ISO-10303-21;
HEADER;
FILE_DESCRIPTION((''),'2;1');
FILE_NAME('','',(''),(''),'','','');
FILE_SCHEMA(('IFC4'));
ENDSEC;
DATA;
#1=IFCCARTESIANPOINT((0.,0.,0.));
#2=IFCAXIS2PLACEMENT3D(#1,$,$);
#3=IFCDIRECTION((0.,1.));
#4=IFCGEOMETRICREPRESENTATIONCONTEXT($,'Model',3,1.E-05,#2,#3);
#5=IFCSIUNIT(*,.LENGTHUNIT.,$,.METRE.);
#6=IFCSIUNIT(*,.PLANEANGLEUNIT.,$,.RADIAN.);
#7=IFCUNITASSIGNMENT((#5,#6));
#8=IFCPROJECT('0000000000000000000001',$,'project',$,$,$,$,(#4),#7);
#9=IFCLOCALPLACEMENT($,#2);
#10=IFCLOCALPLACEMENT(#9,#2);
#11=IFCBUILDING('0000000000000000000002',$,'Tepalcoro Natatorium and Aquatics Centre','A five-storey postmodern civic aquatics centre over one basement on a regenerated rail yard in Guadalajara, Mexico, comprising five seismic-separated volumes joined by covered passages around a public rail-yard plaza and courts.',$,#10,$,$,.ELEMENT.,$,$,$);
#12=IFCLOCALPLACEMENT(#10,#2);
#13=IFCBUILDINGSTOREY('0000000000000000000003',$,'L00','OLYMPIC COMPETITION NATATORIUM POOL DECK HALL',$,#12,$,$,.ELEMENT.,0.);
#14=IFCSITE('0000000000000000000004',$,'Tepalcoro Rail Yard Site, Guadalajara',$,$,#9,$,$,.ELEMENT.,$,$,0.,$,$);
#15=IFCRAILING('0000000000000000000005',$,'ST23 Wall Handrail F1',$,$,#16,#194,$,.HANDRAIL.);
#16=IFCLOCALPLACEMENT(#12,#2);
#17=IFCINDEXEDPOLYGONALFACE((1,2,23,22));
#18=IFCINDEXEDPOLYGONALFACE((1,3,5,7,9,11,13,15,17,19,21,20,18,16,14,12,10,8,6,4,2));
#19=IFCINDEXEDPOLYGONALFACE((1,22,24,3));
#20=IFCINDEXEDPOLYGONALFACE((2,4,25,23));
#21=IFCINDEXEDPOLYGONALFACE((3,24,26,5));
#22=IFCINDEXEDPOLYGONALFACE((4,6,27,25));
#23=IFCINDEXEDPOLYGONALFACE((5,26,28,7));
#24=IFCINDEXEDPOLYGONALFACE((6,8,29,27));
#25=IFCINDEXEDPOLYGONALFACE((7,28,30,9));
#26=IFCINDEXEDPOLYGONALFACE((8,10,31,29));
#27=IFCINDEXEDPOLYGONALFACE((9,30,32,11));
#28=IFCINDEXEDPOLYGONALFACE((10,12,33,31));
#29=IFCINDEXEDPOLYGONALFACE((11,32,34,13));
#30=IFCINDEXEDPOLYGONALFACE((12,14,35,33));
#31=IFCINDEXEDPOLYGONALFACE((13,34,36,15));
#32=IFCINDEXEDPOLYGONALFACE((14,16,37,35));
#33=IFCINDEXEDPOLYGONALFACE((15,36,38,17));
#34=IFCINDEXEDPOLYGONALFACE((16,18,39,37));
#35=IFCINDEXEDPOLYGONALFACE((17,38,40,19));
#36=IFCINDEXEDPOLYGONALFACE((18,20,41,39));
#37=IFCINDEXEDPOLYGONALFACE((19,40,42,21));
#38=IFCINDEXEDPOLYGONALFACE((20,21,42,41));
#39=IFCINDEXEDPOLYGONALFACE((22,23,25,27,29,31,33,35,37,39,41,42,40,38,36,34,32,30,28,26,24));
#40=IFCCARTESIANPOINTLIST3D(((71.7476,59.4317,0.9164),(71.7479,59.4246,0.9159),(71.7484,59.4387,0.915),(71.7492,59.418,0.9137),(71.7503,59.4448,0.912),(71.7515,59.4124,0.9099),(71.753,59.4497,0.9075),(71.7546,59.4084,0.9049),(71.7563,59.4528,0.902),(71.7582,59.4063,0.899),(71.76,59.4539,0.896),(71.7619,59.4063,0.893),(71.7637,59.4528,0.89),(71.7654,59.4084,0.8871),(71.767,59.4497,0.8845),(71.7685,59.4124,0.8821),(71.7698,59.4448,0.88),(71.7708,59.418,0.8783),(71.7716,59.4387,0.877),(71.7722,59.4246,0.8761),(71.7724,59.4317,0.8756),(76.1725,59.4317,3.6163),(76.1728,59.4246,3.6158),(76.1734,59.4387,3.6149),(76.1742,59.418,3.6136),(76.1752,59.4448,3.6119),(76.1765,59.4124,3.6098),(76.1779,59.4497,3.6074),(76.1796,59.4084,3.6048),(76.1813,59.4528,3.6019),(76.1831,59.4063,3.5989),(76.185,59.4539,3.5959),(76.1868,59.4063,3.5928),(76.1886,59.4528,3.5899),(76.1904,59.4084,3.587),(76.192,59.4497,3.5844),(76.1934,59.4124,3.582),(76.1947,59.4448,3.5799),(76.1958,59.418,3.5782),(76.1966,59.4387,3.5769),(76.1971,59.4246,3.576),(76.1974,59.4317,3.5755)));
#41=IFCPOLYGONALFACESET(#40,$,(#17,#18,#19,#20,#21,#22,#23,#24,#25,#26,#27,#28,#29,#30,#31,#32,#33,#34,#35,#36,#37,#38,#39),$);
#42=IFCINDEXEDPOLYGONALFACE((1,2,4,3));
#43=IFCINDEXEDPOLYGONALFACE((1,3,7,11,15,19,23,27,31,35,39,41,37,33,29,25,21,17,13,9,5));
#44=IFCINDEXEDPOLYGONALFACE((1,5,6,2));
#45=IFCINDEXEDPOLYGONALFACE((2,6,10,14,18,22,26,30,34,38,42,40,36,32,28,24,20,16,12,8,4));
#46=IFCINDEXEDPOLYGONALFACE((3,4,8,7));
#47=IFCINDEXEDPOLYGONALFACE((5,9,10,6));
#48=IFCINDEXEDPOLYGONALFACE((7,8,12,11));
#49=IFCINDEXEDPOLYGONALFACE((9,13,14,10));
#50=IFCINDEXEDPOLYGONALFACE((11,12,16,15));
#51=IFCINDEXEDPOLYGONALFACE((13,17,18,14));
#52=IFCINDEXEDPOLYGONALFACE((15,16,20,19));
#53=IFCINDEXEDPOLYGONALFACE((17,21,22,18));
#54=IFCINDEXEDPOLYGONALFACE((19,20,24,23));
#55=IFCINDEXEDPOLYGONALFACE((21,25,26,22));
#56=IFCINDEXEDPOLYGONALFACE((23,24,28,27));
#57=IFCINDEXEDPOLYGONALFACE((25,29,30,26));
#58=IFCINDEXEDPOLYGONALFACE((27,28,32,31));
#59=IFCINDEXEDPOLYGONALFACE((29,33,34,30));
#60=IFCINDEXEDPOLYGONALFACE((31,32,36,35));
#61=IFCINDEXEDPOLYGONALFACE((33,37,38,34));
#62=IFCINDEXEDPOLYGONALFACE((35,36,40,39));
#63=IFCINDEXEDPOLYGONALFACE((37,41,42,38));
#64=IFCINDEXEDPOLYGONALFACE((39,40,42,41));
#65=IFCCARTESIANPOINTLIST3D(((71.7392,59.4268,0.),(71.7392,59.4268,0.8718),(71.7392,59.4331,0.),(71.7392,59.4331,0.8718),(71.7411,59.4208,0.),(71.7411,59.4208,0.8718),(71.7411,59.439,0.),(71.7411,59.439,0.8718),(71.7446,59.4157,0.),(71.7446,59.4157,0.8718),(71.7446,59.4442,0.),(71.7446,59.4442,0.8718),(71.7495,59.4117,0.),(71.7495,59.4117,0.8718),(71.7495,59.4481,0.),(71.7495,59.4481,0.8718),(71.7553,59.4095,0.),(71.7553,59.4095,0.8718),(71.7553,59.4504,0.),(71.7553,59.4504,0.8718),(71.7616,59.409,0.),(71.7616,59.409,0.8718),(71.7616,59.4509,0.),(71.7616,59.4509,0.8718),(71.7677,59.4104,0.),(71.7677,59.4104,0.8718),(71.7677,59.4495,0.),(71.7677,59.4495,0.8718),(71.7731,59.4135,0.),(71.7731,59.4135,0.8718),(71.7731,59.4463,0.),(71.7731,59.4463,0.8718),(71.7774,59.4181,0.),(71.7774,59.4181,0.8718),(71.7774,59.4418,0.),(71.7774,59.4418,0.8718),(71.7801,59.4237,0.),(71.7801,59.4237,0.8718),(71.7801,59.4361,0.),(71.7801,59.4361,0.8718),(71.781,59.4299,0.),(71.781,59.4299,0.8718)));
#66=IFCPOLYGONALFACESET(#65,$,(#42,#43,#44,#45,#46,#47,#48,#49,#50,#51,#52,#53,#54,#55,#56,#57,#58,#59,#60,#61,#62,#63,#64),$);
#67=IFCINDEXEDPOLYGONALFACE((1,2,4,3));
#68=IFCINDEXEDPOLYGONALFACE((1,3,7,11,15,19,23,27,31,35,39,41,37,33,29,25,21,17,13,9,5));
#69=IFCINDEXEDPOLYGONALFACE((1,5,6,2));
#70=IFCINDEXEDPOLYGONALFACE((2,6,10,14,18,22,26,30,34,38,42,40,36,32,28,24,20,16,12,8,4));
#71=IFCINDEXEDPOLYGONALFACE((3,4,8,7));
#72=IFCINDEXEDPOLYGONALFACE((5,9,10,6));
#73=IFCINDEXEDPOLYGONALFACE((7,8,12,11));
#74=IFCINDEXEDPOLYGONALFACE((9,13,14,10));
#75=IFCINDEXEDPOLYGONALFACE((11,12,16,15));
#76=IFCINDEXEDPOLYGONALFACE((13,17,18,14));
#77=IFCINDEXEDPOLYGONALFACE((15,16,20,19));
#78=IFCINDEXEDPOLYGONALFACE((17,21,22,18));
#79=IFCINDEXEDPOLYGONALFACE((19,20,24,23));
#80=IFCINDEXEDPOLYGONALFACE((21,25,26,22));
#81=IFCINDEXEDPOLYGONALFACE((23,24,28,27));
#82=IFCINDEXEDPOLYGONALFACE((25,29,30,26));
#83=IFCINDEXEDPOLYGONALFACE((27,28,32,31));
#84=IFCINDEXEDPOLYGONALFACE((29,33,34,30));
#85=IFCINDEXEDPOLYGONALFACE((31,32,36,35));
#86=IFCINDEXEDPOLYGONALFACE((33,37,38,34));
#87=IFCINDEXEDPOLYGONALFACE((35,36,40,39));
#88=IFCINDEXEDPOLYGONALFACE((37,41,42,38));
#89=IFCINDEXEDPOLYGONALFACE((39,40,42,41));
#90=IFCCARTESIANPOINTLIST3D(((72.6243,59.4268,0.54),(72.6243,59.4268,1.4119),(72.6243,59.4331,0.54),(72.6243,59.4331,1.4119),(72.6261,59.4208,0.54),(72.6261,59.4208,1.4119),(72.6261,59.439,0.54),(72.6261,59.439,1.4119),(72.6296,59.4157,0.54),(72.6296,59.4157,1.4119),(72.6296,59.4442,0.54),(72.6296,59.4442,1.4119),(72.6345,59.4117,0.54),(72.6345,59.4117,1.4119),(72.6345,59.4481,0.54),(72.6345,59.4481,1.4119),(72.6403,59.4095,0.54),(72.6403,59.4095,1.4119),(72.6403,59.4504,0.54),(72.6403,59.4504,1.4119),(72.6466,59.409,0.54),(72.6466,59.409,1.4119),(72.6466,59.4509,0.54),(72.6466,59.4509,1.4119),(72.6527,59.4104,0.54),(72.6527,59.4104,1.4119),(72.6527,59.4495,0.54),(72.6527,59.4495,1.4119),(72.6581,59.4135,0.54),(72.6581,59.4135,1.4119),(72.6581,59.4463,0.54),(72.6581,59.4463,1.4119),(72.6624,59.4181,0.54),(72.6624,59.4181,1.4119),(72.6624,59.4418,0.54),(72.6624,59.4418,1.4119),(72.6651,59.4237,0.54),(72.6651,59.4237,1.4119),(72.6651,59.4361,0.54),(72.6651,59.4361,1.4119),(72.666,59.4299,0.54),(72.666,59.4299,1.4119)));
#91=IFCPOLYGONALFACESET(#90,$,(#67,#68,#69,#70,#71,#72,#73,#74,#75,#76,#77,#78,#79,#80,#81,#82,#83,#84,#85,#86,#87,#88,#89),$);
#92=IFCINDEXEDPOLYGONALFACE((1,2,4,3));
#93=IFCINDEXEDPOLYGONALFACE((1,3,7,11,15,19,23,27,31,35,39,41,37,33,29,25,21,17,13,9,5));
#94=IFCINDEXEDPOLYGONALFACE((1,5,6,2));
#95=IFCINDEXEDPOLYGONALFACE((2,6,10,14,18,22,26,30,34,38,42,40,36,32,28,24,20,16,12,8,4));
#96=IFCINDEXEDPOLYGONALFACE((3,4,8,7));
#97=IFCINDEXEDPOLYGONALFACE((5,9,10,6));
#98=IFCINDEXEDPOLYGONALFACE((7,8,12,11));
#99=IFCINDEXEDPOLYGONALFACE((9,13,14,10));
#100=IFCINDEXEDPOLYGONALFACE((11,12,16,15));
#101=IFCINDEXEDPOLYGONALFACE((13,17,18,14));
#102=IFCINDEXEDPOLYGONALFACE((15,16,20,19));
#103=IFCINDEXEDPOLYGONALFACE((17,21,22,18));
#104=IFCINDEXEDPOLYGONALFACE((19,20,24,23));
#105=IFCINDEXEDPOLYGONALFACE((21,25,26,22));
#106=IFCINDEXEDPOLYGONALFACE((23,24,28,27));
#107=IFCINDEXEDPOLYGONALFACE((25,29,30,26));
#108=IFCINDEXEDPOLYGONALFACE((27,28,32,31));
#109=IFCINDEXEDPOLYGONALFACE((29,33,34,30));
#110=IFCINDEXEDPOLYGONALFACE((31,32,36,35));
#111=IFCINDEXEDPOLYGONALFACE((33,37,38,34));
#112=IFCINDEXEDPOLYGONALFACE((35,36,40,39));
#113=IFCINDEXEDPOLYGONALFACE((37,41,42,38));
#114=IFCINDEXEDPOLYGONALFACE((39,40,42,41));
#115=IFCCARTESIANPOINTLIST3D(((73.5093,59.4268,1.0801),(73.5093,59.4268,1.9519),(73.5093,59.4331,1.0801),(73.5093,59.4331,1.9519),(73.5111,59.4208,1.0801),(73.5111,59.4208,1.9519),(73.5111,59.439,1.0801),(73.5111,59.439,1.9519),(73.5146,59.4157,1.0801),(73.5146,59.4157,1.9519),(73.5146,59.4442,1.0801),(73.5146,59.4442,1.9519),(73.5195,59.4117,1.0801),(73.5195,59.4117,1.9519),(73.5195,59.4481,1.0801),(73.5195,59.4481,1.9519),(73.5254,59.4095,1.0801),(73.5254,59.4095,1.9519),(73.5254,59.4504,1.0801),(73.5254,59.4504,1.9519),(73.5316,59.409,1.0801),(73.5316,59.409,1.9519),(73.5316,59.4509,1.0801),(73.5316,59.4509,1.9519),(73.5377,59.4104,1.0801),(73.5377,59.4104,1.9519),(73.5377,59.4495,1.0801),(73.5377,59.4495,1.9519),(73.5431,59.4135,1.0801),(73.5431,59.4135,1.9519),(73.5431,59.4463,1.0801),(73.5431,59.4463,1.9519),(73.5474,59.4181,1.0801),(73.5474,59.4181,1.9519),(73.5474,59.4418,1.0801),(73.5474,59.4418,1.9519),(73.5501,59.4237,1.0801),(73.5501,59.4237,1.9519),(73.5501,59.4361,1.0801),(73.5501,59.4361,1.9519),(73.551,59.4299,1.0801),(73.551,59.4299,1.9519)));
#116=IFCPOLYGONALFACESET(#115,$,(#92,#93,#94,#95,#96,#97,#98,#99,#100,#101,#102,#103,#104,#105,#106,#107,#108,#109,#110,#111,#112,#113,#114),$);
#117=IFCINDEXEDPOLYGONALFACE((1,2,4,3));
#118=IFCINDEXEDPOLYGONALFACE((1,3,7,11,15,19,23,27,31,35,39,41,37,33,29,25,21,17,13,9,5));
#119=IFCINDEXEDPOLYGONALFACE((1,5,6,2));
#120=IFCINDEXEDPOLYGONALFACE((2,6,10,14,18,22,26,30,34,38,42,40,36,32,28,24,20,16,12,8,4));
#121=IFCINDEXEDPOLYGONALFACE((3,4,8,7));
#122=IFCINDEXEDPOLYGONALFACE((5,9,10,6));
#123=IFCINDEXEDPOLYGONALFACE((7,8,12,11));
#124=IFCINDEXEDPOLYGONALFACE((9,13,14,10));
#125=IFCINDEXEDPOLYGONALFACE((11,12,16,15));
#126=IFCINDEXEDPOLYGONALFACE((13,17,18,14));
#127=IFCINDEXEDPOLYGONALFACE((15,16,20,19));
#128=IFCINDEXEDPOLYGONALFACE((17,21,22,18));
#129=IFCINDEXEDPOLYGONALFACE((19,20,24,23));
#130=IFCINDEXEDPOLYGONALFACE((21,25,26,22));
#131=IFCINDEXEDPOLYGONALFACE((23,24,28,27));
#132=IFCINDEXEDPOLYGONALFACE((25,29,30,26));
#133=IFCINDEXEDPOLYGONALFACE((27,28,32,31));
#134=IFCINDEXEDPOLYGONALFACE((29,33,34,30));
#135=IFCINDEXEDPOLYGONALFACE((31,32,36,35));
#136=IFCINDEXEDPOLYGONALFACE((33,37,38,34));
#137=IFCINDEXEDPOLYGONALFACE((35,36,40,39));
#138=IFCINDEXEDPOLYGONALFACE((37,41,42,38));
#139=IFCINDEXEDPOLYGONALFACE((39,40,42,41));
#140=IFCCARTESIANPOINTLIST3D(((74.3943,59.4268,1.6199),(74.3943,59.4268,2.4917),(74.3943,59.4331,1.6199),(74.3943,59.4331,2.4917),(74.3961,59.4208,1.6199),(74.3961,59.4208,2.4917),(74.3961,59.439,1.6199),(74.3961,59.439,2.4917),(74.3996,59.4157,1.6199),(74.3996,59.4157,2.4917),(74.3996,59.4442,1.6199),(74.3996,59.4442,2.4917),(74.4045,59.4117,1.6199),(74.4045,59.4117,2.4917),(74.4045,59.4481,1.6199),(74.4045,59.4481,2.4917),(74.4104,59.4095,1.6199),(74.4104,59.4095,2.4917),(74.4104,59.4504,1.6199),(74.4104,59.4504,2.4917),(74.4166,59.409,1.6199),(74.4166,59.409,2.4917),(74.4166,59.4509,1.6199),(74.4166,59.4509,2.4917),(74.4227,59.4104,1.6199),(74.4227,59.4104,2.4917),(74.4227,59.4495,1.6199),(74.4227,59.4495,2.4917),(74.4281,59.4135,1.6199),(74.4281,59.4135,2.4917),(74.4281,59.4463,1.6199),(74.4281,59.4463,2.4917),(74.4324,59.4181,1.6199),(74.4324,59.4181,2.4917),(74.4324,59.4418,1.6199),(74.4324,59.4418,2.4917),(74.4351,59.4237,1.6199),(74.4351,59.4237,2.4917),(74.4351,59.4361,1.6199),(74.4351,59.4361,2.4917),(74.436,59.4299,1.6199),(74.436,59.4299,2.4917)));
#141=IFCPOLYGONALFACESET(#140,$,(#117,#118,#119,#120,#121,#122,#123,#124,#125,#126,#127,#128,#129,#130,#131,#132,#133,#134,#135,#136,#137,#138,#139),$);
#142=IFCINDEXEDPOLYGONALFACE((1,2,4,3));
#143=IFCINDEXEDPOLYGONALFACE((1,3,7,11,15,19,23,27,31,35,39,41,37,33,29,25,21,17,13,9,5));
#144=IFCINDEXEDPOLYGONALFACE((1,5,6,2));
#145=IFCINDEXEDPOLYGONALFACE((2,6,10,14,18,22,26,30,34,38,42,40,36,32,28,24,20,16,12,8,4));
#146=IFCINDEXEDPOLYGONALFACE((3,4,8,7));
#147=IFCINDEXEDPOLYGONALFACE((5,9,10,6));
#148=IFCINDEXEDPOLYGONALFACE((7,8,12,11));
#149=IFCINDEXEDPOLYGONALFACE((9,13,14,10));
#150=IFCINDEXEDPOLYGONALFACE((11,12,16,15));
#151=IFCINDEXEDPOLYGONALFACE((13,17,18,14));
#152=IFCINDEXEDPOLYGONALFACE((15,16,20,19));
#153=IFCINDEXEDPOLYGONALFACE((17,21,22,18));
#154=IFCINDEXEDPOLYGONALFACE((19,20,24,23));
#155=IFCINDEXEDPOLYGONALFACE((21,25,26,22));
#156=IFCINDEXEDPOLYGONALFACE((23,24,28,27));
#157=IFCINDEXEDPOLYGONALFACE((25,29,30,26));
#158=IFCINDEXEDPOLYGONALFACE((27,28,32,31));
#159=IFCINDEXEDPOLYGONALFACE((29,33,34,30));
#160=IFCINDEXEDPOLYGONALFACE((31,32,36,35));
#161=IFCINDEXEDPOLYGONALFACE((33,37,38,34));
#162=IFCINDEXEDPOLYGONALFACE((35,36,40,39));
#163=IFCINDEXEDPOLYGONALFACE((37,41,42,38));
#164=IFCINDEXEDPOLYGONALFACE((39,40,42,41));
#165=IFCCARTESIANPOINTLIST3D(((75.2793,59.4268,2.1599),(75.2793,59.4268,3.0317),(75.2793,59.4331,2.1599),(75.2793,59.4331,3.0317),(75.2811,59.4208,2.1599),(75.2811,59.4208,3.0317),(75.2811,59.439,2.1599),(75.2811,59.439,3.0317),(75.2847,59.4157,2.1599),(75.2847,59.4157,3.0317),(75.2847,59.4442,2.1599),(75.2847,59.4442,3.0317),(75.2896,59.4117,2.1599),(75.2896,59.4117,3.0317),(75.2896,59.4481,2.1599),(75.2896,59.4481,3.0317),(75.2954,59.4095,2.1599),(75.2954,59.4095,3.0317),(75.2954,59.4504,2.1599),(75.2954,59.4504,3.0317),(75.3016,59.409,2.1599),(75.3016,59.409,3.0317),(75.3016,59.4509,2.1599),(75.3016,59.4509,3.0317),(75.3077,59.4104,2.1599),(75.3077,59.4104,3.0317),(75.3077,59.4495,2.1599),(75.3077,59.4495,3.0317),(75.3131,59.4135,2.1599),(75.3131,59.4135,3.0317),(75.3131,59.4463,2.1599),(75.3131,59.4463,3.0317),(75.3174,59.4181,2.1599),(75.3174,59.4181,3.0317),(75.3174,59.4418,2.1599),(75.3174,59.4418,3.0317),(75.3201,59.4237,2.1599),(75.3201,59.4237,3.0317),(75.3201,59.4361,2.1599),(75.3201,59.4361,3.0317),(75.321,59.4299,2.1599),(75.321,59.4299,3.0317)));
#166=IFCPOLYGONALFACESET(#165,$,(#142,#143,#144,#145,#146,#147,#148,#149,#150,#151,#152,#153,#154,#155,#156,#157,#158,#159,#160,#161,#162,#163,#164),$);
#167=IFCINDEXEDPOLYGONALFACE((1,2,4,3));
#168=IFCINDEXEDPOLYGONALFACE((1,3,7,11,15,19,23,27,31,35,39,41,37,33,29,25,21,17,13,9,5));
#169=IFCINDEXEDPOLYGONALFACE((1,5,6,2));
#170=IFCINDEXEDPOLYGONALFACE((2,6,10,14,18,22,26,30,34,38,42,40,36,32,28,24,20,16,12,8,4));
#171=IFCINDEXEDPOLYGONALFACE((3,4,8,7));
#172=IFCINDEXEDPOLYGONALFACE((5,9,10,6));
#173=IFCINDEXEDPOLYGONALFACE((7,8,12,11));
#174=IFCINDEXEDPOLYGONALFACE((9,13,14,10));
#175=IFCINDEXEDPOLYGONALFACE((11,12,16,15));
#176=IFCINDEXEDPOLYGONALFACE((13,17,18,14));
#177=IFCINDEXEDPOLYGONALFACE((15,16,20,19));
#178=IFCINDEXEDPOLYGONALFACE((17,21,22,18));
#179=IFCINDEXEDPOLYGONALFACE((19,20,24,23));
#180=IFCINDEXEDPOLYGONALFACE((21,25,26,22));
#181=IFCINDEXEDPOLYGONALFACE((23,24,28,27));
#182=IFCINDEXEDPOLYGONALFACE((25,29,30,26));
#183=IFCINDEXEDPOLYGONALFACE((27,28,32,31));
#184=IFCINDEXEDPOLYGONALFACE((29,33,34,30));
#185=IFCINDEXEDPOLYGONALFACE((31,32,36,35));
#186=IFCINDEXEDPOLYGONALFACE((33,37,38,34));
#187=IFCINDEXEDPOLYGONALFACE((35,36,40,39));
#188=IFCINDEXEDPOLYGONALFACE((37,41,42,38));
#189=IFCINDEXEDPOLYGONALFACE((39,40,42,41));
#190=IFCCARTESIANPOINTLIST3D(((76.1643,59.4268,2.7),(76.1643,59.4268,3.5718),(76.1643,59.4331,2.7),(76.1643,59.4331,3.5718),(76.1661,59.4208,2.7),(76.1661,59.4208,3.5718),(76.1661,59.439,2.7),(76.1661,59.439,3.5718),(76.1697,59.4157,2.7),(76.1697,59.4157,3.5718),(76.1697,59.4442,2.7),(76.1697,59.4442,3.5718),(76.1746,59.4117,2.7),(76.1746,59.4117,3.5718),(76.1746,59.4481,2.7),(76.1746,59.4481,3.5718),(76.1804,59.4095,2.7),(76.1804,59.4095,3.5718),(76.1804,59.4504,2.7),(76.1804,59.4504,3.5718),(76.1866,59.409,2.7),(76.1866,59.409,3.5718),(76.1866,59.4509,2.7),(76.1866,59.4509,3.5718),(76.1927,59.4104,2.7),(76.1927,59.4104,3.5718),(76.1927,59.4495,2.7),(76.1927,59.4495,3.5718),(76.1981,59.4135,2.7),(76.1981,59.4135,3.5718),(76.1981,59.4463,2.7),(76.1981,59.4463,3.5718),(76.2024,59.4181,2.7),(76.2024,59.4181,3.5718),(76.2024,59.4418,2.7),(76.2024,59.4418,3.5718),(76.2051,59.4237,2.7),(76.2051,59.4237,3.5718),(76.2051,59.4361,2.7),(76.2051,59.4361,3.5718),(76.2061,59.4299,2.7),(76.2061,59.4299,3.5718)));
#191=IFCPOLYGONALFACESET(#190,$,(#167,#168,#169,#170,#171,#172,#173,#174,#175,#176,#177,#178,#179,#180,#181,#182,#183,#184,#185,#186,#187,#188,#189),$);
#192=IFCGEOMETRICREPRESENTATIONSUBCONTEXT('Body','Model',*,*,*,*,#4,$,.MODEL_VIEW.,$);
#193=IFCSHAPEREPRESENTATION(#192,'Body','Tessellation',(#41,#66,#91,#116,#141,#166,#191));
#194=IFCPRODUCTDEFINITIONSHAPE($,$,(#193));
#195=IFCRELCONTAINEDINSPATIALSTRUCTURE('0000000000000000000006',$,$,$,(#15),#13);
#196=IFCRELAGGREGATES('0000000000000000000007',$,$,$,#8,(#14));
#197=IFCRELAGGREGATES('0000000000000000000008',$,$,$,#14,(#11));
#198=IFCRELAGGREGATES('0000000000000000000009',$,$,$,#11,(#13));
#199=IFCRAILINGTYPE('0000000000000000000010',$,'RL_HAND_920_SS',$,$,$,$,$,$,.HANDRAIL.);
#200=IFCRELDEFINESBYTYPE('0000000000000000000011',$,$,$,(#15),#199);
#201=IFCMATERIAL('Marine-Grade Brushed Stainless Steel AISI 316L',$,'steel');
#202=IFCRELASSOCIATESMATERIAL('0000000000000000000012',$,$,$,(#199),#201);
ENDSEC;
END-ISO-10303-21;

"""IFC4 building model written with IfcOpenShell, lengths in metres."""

from ifc_helpers import new_model, si_unit, direction, frame, origin, origin_2d, place, context, subcontext, project, spatial, circle, extrude, material, type_object, element, save


model = new_model("IFC4")

# Units and contexts
model_context = context("Model", 3, precision=1e-05, world=origin(), true_north=direction((0.0, 1.0)))
body_context = subcontext(model_context, "Body", "Model", "MODEL_VIEW")
ifc_project = project(units=[si_unit("LENGTHUNIT", "METRE"), si_unit("PLANEANGLEUNIT", "RADIAN")], contexts=[model_context])

# Site, building, storey
site_placement = place(None, origin())
site = spatial("IfcSite", under=ifc_project, at=site_placement, Name="Tepalcoro Rail Yard Site, Guadalajara", CompositionType="ELEMENT", RefElevation=0.0)
building_placement = place(site_placement, origin())
building = spatial("IfcBuilding", under=site, at=building_placement, Name="Tepalcoro Natatorium and Aquatics Centre", Description="A five-storey postmodern civic aquatics centre over one basement on a regenerated rail yard in Guadalajara, Mexico, comprising five seismic-separated volumes joined by covered passages around a public rail-yard plaza and courts.", CompositionType="ELEMENT")
storey_placement = place(building_placement, origin())
storey = spatial("IfcBuildingStorey", under=building, at=storey_placement, Name="L00", Description="OLYMPIC COMPETITION NATATORIUM POOL DECK HALL", CompositionType="ELEMENT", Elevation=0.0)

# Railing
ifc_material_1 = material(Name="Marine-Grade Brushed Stainless Steel AISI 316L", Category="steel")
railing_type_1 = type_object("IfcRailingType", Name="RL_HAND_920_SS", PredefinedType="HANDRAIL", material=ifc_material_1)
railing_1_placement = place(storey_placement, frame((71.76, 59.4299, 0.0)))
element("IfcRailing", 1, at=railing_1_placement, inside=storey, type_object=railing_type_1, Name="ST23 Wall Handrail F1", PredefinedType="HANDRAIL", context=body_context, shape_type="SweptSolid", body=[
    extrude(circle(Radius=0.0239, at=origin_2d()), frame((0.0, 0.0, 0.896), z_axis=(0.853646, 0.0, 0.520854), x_axis=(0.0, 1.0, 0.0)), (0.0, 0.0, 1.0), 5.1836),
    extrude(circle(Radius=0.021, at=origin_2d()), origin(), (0.0, 0.0, 1.0), 0.8718),
    extrude(circle(Radius=0.021, at=origin_2d()), frame((0.885, 0.0, 0.54)), (0.0, 0.0, 1.0), 0.8718),
    extrude(circle(Radius=0.021, at=origin_2d()), frame((1.77, 0.0, 1.0801)), (0.0, 0.0, 1.0), 0.8718),
    extrude(circle(Radius=0.021, at=origin_2d()), frame((2.655, 0.0, 1.6199)), (0.0, 0.0, 1.0), 0.8718),
    extrude(circle(Radius=0.021, at=origin_2d()), frame((3.54, 0.0, 2.1599)), (0.0, 0.0, 1.0), 0.8718),
    extrude(circle(Radius=0.021, at=origin_2d()), frame((4.425, 0.0, 2.7)), (0.0, 0.0, 1.0), 0.8718),
])

save(model, "model.ifc")
